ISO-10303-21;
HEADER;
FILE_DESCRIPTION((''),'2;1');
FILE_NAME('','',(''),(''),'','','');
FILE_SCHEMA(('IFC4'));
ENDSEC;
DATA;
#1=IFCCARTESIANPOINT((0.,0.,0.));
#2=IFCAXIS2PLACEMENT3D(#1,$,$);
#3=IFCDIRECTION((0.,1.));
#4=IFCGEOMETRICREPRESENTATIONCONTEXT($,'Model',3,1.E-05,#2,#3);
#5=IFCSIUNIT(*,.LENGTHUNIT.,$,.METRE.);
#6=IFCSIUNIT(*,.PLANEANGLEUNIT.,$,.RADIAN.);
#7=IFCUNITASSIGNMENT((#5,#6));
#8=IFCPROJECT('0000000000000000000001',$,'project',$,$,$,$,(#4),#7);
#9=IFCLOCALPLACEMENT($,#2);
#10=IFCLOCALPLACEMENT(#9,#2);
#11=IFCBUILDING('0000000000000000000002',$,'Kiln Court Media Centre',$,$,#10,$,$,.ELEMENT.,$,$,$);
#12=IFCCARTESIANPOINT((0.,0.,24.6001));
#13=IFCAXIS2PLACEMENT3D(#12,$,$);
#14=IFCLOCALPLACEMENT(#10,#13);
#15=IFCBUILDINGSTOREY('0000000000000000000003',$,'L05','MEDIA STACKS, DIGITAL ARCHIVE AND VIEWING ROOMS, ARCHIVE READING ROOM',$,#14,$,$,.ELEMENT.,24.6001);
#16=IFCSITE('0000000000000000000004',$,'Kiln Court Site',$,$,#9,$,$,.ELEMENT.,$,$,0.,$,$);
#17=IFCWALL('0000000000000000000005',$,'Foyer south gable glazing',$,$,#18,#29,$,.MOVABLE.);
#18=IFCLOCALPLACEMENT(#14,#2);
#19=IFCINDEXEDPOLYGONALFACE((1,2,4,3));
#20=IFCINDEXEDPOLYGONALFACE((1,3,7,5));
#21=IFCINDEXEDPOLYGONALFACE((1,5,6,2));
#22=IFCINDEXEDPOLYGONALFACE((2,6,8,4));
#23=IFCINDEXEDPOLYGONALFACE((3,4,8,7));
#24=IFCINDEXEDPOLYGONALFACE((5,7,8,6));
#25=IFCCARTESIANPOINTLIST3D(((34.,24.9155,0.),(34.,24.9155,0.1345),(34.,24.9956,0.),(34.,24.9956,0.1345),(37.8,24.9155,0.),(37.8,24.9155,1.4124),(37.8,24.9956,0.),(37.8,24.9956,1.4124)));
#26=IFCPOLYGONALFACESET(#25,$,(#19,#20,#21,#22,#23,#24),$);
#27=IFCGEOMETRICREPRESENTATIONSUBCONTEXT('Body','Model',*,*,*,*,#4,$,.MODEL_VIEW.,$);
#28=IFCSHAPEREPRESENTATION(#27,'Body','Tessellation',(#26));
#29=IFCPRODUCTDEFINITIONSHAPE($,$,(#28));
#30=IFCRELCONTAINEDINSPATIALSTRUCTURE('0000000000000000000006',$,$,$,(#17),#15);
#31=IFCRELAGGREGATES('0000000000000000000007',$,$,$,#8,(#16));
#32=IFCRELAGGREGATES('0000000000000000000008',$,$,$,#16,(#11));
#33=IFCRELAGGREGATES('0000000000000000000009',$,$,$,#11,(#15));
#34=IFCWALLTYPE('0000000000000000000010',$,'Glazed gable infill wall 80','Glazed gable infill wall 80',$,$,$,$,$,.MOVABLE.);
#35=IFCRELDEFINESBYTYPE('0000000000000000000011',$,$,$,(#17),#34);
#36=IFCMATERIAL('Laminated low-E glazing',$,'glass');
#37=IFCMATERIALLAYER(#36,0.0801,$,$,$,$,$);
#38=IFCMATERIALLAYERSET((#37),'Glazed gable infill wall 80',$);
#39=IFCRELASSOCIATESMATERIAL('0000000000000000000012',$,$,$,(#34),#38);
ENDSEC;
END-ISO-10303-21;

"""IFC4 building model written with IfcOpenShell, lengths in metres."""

from ifc_helpers import new_model, si_unit, direction, frame, origin, place, context, subcontext, project, spatial, polyline, outline, extrude, material, layer, layer_set, type_object, element, save


model = new_model("IFC4")

# Units and contexts
model_context = context("Model", 3, precision=1e-05, world=origin(), true_north=direction((0.0, 1.0)))
body_context = subcontext(model_context, "Body", "Model", "MODEL_VIEW")
ifc_project = project(units=[si_unit("LENGTHUNIT", "METRE"), si_unit("PLANEANGLEUNIT", "RADIAN")], contexts=[model_context])

# Site, building, storey
site_placement = place(None, origin())
site = spatial("IfcSite", under=ifc_project, at=site_placement, Name="Kiln Court Site", CompositionType="ELEMENT", RefElevation=0.0)
building_placement = place(site_placement, origin())
building = spatial("IfcBuilding", under=site, at=building_placement, Name="Kiln Court Media Centre", CompositionType="ELEMENT")
storey_placement = place(building_placement, frame((0.0, 0.0, 24.6001)))
storey = spatial("IfcBuildingStorey", under=building, at=storey_placement, Name="L05", Description="MEDIA STACKS, DIGITAL ARCHIVE AND VIEWING ROOMS, ARCHIVE READING ROOM", CompositionType="ELEMENT", Elevation=24.6001)

# Wall
ifc_material_1 = material(Name="Laminated low-E glazing", Category="glass")
ifc_layer_1 = layer(ifc_material_1, 0.0801)
ifc_layer_set_1 = layer_set([ifc_layer_1], Name="Glazed gable infill wall 80")
wall_type_1 = type_object("IfcWallType", Name="Glazed gable infill wall 80", Description="Glazed gable infill wall 80", PredefinedType="MOVABLE", material=ifc_layer_set_1)
wall_1_placement = place(storey_placement, frame((34.0, 24.9556, 0.0), z_axis=(0.0, 0.0, 1.0), x_axis=(1.0, 0.0, 0.0)))
element("IfcWall", 1, at=wall_1_placement, inside=storey, type_object=wall_type_1, Name="Foyer south gable glazing", PredefinedType="MOVABLE", context=body_context, shape_type="SweptSolid", body=[
    extrude(outline(polyline([(0.0, 0.0), (3.8, 0.0), (3.8, 1.4124), (0.0, 0.1345), (0.0, 0.0)])), frame((0.0, 0.04, 0.0), z_axis=(0.0, -1.0, 0.0), x_axis=(1.0, 0.0, 0.0)), (0.0, 0.0, 1.0), 0.0801),
])

save(model, "model.ifc")
